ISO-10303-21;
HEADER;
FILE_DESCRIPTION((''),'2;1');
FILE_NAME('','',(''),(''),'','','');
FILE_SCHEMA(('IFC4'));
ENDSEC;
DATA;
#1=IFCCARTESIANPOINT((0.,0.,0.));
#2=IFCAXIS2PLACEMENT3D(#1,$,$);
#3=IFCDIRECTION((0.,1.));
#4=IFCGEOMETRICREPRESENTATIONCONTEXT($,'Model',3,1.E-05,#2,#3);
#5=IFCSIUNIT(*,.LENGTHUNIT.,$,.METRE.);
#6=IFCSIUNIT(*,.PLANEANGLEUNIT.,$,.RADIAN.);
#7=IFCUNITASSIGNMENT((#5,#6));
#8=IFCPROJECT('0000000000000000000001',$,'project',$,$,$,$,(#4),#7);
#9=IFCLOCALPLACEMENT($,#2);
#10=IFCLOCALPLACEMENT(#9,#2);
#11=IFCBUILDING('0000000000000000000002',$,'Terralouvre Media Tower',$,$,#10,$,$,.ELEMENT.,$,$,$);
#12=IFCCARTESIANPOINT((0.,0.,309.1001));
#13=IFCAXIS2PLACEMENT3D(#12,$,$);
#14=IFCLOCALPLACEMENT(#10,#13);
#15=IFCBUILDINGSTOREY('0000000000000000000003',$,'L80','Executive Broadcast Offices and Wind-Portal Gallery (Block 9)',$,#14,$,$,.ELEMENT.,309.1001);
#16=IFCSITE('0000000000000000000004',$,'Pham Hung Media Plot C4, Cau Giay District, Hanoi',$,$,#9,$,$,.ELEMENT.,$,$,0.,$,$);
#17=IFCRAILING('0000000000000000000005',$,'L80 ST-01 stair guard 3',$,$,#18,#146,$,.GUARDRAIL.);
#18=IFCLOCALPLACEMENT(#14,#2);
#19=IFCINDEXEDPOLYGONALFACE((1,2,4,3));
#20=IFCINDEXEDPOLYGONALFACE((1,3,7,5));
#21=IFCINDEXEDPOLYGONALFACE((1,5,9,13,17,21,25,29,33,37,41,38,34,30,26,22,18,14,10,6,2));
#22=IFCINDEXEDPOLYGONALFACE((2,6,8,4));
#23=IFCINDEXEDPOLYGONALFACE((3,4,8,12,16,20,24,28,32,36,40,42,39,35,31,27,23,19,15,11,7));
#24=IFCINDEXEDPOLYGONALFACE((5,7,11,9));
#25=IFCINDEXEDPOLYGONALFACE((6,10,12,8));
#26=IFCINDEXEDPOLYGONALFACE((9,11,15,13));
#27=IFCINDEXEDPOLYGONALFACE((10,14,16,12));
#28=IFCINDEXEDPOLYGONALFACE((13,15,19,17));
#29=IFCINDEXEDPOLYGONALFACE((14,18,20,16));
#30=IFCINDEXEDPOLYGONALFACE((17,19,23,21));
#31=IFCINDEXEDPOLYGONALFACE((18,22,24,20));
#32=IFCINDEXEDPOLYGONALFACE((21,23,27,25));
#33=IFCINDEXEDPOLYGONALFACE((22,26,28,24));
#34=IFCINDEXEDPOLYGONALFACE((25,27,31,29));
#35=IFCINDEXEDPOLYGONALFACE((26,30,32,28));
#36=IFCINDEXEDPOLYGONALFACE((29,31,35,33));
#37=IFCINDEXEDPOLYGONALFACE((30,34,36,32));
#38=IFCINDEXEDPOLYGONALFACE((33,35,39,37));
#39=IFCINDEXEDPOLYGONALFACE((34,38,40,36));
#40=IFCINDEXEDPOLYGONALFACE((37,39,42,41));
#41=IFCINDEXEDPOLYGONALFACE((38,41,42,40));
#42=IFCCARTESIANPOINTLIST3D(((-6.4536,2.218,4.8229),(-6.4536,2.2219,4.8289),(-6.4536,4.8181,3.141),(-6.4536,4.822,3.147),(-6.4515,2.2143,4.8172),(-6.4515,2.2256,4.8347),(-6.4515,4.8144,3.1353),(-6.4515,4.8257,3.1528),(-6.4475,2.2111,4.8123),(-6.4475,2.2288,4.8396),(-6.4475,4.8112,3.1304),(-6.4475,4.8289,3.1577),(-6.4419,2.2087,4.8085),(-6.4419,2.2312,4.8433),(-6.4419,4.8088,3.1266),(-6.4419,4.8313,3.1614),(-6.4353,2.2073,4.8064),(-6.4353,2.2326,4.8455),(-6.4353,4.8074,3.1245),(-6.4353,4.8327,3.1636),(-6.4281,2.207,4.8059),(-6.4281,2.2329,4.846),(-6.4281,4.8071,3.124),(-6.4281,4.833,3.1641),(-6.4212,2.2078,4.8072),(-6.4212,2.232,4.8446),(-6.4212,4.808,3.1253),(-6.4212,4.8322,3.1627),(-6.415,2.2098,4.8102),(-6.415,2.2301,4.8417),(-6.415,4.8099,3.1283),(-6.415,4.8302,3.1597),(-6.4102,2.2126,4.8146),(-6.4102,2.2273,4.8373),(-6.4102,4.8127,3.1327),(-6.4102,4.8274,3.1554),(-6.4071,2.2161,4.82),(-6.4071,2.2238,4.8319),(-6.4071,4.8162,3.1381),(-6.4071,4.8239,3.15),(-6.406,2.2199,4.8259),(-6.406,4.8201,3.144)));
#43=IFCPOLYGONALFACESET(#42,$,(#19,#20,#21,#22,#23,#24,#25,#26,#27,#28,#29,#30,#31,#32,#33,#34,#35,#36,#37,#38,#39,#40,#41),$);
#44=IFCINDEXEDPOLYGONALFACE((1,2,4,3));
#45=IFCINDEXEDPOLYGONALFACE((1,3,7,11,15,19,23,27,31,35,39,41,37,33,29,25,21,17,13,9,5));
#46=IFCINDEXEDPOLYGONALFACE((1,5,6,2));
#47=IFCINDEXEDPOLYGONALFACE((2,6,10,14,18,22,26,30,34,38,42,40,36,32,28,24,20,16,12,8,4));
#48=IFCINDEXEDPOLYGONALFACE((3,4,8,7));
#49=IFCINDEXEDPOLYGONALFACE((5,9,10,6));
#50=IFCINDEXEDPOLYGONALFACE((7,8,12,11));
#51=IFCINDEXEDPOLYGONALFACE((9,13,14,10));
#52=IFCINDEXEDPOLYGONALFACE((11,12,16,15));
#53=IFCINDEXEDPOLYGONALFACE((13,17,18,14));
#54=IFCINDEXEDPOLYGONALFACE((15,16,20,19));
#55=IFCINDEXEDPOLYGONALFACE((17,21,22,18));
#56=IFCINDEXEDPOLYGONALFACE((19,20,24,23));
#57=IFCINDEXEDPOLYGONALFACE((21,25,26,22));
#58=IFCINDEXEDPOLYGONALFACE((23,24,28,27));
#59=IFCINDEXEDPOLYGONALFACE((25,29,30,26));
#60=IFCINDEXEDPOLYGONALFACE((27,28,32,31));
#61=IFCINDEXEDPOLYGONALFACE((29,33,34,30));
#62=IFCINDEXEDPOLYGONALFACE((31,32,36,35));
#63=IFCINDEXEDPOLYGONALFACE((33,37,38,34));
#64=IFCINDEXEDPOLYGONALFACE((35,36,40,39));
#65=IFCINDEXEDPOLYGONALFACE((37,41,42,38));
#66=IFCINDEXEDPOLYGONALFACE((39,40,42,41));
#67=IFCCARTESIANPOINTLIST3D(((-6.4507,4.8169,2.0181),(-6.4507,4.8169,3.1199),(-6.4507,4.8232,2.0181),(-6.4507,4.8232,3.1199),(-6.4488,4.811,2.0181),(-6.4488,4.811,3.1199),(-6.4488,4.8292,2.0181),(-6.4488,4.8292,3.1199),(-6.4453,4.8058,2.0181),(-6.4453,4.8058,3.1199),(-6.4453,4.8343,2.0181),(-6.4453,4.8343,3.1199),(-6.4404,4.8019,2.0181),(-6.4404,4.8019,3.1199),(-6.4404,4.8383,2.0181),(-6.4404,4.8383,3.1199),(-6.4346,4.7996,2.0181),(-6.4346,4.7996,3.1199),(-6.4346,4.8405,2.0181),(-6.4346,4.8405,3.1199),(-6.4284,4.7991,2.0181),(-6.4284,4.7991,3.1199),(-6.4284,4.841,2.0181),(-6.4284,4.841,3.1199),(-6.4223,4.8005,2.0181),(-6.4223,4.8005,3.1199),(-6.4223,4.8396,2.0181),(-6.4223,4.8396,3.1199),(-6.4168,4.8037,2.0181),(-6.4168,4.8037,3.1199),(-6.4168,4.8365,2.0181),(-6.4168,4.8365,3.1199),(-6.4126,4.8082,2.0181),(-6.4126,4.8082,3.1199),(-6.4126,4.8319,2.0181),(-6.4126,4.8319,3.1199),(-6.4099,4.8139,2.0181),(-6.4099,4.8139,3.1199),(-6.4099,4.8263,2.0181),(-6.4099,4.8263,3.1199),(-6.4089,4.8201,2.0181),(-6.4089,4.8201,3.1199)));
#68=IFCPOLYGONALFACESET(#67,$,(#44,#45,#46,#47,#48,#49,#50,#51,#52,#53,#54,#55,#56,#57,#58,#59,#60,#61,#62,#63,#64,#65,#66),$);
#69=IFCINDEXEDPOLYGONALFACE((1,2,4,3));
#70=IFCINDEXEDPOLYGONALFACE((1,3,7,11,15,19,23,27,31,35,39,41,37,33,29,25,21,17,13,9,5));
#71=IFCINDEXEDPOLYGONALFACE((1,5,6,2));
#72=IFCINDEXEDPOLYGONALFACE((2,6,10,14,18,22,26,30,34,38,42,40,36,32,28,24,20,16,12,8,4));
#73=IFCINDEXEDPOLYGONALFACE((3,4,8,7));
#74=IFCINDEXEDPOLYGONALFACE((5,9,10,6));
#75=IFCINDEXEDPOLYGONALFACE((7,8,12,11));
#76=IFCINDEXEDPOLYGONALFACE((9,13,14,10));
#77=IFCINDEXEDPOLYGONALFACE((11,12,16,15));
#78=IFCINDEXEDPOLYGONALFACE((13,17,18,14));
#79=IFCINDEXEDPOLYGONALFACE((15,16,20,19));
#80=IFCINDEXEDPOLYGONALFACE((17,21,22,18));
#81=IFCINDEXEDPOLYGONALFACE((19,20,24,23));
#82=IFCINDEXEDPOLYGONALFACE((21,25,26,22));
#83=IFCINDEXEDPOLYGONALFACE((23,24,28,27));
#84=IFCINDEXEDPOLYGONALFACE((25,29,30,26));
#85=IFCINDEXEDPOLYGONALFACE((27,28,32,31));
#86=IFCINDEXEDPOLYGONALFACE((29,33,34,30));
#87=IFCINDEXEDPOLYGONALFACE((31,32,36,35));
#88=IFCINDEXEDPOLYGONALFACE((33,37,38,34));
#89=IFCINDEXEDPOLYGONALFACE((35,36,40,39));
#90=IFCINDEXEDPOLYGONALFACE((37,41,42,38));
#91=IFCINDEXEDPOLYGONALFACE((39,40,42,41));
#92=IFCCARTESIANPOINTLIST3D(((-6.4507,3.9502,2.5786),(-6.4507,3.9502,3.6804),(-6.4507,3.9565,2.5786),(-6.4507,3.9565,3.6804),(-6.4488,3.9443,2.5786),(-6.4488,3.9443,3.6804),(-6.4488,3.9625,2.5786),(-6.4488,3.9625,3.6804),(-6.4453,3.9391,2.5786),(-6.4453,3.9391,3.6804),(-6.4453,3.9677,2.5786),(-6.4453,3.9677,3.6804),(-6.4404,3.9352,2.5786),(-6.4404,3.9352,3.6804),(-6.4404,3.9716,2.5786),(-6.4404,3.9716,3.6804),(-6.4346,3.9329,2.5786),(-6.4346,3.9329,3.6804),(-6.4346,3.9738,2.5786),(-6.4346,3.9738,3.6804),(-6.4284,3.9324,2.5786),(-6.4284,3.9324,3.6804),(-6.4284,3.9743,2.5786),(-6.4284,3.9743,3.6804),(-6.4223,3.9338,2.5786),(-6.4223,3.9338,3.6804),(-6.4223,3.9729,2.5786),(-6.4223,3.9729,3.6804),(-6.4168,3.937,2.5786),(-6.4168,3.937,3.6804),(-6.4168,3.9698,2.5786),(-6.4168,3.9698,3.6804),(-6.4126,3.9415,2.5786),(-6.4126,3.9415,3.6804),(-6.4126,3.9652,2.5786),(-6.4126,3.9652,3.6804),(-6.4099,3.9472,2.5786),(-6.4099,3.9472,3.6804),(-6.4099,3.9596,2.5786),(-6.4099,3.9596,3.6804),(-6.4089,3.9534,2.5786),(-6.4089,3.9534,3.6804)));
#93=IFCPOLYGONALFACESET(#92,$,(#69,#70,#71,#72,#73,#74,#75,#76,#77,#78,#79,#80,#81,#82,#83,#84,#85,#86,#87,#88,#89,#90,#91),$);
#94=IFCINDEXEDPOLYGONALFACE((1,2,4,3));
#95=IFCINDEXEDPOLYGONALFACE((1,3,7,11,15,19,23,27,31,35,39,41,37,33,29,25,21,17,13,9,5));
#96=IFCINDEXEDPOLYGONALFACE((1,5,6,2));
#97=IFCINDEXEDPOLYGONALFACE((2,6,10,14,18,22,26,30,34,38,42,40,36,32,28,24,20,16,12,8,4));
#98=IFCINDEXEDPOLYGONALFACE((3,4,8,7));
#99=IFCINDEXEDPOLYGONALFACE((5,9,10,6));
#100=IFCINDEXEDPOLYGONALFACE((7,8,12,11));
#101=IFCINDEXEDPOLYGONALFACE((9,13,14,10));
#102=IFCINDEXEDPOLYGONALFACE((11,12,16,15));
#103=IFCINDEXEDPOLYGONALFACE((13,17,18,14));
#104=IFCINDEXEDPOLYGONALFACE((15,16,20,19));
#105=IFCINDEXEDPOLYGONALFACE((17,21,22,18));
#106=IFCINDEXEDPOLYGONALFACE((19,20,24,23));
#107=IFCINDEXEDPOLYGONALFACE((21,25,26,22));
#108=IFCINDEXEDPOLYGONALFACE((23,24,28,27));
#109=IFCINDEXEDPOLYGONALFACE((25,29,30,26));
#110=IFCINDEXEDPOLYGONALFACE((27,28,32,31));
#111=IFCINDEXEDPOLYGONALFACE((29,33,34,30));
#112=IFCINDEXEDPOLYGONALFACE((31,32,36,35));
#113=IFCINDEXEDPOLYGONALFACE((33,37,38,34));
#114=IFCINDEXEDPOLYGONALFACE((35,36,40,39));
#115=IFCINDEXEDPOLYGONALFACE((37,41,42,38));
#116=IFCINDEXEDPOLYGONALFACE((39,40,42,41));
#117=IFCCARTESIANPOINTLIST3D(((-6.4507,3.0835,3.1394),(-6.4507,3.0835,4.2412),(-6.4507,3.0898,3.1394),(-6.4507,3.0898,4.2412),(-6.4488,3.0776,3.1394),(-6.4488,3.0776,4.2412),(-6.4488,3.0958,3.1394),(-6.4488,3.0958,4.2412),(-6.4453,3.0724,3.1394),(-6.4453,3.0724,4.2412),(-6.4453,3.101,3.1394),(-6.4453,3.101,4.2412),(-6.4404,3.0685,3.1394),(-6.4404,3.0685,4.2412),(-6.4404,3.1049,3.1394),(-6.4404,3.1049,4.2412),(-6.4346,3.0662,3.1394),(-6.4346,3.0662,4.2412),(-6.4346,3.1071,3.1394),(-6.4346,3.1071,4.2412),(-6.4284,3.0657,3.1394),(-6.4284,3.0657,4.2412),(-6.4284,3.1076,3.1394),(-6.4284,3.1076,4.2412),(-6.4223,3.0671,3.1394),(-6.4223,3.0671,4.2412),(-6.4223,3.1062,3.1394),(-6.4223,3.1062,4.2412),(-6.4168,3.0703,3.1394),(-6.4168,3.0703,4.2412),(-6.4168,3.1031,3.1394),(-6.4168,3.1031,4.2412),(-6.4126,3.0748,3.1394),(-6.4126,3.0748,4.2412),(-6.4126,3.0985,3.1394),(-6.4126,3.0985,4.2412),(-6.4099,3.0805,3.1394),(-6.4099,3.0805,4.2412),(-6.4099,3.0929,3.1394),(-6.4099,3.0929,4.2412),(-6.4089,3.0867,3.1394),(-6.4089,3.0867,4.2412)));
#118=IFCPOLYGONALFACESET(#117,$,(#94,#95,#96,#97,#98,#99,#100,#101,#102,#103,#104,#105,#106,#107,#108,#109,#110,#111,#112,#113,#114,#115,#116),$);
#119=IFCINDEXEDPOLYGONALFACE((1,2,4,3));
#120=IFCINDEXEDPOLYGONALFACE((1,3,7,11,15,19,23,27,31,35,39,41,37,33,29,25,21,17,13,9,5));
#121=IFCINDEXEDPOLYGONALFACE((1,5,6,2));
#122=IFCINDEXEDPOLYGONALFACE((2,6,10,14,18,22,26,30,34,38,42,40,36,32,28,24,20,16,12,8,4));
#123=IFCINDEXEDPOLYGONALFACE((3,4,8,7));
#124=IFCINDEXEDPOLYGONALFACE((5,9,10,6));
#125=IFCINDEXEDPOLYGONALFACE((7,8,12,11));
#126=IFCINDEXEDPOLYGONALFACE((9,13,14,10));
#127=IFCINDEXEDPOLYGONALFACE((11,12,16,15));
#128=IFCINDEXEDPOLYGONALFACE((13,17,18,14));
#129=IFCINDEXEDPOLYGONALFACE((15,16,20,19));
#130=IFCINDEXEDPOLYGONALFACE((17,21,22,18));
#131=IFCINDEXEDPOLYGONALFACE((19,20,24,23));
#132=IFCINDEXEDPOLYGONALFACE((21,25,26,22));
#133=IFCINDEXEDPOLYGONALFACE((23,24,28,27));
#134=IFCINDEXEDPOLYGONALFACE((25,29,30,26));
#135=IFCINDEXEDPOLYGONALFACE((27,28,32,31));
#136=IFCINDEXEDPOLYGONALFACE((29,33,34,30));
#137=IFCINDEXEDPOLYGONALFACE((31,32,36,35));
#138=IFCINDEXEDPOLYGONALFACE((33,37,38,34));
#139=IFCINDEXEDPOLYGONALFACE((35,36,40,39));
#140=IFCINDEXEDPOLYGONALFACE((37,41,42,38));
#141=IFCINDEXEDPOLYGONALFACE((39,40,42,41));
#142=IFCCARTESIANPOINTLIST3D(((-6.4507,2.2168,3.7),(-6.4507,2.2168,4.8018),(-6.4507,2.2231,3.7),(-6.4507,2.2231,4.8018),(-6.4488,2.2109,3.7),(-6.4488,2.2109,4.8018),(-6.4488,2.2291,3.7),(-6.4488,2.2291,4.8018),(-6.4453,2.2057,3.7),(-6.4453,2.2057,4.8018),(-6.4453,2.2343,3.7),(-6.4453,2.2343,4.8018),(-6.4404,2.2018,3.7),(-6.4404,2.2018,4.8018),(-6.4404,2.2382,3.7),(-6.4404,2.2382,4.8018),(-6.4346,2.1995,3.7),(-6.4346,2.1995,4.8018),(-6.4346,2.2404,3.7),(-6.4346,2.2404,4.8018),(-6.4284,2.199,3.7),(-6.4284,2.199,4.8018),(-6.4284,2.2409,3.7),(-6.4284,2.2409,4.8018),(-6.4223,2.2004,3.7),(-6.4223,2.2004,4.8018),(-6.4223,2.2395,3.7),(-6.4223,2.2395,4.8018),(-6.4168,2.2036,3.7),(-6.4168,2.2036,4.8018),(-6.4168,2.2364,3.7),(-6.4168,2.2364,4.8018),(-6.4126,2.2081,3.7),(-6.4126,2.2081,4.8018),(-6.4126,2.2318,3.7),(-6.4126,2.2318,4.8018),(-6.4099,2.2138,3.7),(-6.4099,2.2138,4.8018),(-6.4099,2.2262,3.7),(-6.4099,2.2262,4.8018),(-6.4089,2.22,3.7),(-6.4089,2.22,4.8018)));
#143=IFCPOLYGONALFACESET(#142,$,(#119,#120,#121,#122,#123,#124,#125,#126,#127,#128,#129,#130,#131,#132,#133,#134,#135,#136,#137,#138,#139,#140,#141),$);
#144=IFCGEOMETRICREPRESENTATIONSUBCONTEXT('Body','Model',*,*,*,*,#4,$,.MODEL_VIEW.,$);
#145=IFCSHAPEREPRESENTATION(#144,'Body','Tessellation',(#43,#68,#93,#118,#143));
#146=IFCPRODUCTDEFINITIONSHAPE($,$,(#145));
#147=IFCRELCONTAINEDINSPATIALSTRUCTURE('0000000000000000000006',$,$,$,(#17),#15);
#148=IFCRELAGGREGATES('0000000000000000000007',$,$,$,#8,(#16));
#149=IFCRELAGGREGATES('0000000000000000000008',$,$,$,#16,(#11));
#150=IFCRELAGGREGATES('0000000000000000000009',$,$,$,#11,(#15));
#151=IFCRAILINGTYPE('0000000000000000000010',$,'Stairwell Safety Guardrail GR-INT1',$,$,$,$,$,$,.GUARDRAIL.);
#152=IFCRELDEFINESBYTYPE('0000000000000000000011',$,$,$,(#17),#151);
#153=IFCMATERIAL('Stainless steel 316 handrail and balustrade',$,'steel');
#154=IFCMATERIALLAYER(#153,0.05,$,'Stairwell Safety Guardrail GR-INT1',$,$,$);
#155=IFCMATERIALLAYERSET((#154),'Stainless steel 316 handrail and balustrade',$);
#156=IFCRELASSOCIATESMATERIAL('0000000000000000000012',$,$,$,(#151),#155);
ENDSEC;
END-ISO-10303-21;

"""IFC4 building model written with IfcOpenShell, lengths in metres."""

from ifc_helpers import new_model, si_unit, direction, frame, origin, origin_2d, place, context, subcontext, project, spatial, circle, extrude, material, layer, layer_set, type_object, element, save


model = new_model("IFC4")

# Units and contexts
model_context = context("Model", 3, precision=1e-05, world=origin(), true_north=direction((0.0, 1.0)))
body_context = subcontext(model_context, "Body", "Model", "MODEL_VIEW")
ifc_project = project(units=[si_unit("LENGTHUNIT", "METRE"), si_unit("PLANEANGLEUNIT", "RADIAN")], contexts=[model_context])

# Site, building, storey
site_placement = place(None, origin())
site = spatial("IfcSite", under=ifc_project, at=site_placement, Name="Pham Hung Media Plot C4, Cau Giay District, Hanoi", CompositionType="ELEMENT", RefElevation=0.0)
building_placement = place(site_placement, origin())
building = spatial("IfcBuilding", under=site, at=building_placement, Name="Terralouvre Media Tower", CompositionType="ELEMENT")
storey_placement = place(building_placement, frame((0.0, 0.0, 309.1001)))
storey = spatial("IfcBuildingStorey", under=building, at=storey_placement, Name="L80", Description="Executive Broadcast Offices and Wind-Portal Gallery (Block 9)", CompositionType="ELEMENT", Elevation=309.1001)

# Railing
ifc_material_1 = material(Name="Stainless steel 316 handrail and balustrade", Category="steel")
ifc_layer_1 = layer(ifc_material_1, 0.05, Name="Stairwell Safety Guardrail GR-INT1")
ifc_layer_set_1 = layer_set([ifc_layer_1], Name="Stainless steel 316 handrail and balustrade")
railing_type_1 = type_object("IfcRailingType", Name="Stairwell Safety Guardrail GR-INT1", PredefinedType="GUARDRAIL", material=ifc_layer_set_1)
railing_1_placement = place(storey_placement, frame((-6.4299, 4.8201, 2.0181)))
element("IfcRailing", 1, at=railing_1_placement, inside=storey, type_object=railing_type_1, Name="L80 ST-01 stair guard 3", PredefinedType="GUARDRAIL", context=body_context, shape_type="SweptSolid", body=[
    extrude(circle(Radius=0.0239, at=origin_2d()), frame((0.0, 0.0, 1.126), z_axis=(0.0, -0.839648, 0.54313), x_axis=(1.0, 0.0, 0.0)), (0.0, 0.0, 1.0), 3.0967),
    extrude(circle(Radius=0.021, at=origin_2d()), origin(), (0.0, 0.0, 1.0), 1.1018),
    extrude(circle(Radius=0.021, at=origin_2d()), frame((0.0, -0.8667, 0.5605)), (0.0, 0.0, 1.0), 1.1018),
    extrude(circle(Radius=0.021, at=origin_2d()), frame((0.0, -1.7334, 1.1213)), (0.0, 0.0, 1.0), 1.1018),
    extrude(circle(Radius=0.021, at=origin_2d()), frame((0.0, -2.6001, 1.6819)), (0.0, 0.0, 1.0), 1.1018),
])

save(model, "model.ifc")
